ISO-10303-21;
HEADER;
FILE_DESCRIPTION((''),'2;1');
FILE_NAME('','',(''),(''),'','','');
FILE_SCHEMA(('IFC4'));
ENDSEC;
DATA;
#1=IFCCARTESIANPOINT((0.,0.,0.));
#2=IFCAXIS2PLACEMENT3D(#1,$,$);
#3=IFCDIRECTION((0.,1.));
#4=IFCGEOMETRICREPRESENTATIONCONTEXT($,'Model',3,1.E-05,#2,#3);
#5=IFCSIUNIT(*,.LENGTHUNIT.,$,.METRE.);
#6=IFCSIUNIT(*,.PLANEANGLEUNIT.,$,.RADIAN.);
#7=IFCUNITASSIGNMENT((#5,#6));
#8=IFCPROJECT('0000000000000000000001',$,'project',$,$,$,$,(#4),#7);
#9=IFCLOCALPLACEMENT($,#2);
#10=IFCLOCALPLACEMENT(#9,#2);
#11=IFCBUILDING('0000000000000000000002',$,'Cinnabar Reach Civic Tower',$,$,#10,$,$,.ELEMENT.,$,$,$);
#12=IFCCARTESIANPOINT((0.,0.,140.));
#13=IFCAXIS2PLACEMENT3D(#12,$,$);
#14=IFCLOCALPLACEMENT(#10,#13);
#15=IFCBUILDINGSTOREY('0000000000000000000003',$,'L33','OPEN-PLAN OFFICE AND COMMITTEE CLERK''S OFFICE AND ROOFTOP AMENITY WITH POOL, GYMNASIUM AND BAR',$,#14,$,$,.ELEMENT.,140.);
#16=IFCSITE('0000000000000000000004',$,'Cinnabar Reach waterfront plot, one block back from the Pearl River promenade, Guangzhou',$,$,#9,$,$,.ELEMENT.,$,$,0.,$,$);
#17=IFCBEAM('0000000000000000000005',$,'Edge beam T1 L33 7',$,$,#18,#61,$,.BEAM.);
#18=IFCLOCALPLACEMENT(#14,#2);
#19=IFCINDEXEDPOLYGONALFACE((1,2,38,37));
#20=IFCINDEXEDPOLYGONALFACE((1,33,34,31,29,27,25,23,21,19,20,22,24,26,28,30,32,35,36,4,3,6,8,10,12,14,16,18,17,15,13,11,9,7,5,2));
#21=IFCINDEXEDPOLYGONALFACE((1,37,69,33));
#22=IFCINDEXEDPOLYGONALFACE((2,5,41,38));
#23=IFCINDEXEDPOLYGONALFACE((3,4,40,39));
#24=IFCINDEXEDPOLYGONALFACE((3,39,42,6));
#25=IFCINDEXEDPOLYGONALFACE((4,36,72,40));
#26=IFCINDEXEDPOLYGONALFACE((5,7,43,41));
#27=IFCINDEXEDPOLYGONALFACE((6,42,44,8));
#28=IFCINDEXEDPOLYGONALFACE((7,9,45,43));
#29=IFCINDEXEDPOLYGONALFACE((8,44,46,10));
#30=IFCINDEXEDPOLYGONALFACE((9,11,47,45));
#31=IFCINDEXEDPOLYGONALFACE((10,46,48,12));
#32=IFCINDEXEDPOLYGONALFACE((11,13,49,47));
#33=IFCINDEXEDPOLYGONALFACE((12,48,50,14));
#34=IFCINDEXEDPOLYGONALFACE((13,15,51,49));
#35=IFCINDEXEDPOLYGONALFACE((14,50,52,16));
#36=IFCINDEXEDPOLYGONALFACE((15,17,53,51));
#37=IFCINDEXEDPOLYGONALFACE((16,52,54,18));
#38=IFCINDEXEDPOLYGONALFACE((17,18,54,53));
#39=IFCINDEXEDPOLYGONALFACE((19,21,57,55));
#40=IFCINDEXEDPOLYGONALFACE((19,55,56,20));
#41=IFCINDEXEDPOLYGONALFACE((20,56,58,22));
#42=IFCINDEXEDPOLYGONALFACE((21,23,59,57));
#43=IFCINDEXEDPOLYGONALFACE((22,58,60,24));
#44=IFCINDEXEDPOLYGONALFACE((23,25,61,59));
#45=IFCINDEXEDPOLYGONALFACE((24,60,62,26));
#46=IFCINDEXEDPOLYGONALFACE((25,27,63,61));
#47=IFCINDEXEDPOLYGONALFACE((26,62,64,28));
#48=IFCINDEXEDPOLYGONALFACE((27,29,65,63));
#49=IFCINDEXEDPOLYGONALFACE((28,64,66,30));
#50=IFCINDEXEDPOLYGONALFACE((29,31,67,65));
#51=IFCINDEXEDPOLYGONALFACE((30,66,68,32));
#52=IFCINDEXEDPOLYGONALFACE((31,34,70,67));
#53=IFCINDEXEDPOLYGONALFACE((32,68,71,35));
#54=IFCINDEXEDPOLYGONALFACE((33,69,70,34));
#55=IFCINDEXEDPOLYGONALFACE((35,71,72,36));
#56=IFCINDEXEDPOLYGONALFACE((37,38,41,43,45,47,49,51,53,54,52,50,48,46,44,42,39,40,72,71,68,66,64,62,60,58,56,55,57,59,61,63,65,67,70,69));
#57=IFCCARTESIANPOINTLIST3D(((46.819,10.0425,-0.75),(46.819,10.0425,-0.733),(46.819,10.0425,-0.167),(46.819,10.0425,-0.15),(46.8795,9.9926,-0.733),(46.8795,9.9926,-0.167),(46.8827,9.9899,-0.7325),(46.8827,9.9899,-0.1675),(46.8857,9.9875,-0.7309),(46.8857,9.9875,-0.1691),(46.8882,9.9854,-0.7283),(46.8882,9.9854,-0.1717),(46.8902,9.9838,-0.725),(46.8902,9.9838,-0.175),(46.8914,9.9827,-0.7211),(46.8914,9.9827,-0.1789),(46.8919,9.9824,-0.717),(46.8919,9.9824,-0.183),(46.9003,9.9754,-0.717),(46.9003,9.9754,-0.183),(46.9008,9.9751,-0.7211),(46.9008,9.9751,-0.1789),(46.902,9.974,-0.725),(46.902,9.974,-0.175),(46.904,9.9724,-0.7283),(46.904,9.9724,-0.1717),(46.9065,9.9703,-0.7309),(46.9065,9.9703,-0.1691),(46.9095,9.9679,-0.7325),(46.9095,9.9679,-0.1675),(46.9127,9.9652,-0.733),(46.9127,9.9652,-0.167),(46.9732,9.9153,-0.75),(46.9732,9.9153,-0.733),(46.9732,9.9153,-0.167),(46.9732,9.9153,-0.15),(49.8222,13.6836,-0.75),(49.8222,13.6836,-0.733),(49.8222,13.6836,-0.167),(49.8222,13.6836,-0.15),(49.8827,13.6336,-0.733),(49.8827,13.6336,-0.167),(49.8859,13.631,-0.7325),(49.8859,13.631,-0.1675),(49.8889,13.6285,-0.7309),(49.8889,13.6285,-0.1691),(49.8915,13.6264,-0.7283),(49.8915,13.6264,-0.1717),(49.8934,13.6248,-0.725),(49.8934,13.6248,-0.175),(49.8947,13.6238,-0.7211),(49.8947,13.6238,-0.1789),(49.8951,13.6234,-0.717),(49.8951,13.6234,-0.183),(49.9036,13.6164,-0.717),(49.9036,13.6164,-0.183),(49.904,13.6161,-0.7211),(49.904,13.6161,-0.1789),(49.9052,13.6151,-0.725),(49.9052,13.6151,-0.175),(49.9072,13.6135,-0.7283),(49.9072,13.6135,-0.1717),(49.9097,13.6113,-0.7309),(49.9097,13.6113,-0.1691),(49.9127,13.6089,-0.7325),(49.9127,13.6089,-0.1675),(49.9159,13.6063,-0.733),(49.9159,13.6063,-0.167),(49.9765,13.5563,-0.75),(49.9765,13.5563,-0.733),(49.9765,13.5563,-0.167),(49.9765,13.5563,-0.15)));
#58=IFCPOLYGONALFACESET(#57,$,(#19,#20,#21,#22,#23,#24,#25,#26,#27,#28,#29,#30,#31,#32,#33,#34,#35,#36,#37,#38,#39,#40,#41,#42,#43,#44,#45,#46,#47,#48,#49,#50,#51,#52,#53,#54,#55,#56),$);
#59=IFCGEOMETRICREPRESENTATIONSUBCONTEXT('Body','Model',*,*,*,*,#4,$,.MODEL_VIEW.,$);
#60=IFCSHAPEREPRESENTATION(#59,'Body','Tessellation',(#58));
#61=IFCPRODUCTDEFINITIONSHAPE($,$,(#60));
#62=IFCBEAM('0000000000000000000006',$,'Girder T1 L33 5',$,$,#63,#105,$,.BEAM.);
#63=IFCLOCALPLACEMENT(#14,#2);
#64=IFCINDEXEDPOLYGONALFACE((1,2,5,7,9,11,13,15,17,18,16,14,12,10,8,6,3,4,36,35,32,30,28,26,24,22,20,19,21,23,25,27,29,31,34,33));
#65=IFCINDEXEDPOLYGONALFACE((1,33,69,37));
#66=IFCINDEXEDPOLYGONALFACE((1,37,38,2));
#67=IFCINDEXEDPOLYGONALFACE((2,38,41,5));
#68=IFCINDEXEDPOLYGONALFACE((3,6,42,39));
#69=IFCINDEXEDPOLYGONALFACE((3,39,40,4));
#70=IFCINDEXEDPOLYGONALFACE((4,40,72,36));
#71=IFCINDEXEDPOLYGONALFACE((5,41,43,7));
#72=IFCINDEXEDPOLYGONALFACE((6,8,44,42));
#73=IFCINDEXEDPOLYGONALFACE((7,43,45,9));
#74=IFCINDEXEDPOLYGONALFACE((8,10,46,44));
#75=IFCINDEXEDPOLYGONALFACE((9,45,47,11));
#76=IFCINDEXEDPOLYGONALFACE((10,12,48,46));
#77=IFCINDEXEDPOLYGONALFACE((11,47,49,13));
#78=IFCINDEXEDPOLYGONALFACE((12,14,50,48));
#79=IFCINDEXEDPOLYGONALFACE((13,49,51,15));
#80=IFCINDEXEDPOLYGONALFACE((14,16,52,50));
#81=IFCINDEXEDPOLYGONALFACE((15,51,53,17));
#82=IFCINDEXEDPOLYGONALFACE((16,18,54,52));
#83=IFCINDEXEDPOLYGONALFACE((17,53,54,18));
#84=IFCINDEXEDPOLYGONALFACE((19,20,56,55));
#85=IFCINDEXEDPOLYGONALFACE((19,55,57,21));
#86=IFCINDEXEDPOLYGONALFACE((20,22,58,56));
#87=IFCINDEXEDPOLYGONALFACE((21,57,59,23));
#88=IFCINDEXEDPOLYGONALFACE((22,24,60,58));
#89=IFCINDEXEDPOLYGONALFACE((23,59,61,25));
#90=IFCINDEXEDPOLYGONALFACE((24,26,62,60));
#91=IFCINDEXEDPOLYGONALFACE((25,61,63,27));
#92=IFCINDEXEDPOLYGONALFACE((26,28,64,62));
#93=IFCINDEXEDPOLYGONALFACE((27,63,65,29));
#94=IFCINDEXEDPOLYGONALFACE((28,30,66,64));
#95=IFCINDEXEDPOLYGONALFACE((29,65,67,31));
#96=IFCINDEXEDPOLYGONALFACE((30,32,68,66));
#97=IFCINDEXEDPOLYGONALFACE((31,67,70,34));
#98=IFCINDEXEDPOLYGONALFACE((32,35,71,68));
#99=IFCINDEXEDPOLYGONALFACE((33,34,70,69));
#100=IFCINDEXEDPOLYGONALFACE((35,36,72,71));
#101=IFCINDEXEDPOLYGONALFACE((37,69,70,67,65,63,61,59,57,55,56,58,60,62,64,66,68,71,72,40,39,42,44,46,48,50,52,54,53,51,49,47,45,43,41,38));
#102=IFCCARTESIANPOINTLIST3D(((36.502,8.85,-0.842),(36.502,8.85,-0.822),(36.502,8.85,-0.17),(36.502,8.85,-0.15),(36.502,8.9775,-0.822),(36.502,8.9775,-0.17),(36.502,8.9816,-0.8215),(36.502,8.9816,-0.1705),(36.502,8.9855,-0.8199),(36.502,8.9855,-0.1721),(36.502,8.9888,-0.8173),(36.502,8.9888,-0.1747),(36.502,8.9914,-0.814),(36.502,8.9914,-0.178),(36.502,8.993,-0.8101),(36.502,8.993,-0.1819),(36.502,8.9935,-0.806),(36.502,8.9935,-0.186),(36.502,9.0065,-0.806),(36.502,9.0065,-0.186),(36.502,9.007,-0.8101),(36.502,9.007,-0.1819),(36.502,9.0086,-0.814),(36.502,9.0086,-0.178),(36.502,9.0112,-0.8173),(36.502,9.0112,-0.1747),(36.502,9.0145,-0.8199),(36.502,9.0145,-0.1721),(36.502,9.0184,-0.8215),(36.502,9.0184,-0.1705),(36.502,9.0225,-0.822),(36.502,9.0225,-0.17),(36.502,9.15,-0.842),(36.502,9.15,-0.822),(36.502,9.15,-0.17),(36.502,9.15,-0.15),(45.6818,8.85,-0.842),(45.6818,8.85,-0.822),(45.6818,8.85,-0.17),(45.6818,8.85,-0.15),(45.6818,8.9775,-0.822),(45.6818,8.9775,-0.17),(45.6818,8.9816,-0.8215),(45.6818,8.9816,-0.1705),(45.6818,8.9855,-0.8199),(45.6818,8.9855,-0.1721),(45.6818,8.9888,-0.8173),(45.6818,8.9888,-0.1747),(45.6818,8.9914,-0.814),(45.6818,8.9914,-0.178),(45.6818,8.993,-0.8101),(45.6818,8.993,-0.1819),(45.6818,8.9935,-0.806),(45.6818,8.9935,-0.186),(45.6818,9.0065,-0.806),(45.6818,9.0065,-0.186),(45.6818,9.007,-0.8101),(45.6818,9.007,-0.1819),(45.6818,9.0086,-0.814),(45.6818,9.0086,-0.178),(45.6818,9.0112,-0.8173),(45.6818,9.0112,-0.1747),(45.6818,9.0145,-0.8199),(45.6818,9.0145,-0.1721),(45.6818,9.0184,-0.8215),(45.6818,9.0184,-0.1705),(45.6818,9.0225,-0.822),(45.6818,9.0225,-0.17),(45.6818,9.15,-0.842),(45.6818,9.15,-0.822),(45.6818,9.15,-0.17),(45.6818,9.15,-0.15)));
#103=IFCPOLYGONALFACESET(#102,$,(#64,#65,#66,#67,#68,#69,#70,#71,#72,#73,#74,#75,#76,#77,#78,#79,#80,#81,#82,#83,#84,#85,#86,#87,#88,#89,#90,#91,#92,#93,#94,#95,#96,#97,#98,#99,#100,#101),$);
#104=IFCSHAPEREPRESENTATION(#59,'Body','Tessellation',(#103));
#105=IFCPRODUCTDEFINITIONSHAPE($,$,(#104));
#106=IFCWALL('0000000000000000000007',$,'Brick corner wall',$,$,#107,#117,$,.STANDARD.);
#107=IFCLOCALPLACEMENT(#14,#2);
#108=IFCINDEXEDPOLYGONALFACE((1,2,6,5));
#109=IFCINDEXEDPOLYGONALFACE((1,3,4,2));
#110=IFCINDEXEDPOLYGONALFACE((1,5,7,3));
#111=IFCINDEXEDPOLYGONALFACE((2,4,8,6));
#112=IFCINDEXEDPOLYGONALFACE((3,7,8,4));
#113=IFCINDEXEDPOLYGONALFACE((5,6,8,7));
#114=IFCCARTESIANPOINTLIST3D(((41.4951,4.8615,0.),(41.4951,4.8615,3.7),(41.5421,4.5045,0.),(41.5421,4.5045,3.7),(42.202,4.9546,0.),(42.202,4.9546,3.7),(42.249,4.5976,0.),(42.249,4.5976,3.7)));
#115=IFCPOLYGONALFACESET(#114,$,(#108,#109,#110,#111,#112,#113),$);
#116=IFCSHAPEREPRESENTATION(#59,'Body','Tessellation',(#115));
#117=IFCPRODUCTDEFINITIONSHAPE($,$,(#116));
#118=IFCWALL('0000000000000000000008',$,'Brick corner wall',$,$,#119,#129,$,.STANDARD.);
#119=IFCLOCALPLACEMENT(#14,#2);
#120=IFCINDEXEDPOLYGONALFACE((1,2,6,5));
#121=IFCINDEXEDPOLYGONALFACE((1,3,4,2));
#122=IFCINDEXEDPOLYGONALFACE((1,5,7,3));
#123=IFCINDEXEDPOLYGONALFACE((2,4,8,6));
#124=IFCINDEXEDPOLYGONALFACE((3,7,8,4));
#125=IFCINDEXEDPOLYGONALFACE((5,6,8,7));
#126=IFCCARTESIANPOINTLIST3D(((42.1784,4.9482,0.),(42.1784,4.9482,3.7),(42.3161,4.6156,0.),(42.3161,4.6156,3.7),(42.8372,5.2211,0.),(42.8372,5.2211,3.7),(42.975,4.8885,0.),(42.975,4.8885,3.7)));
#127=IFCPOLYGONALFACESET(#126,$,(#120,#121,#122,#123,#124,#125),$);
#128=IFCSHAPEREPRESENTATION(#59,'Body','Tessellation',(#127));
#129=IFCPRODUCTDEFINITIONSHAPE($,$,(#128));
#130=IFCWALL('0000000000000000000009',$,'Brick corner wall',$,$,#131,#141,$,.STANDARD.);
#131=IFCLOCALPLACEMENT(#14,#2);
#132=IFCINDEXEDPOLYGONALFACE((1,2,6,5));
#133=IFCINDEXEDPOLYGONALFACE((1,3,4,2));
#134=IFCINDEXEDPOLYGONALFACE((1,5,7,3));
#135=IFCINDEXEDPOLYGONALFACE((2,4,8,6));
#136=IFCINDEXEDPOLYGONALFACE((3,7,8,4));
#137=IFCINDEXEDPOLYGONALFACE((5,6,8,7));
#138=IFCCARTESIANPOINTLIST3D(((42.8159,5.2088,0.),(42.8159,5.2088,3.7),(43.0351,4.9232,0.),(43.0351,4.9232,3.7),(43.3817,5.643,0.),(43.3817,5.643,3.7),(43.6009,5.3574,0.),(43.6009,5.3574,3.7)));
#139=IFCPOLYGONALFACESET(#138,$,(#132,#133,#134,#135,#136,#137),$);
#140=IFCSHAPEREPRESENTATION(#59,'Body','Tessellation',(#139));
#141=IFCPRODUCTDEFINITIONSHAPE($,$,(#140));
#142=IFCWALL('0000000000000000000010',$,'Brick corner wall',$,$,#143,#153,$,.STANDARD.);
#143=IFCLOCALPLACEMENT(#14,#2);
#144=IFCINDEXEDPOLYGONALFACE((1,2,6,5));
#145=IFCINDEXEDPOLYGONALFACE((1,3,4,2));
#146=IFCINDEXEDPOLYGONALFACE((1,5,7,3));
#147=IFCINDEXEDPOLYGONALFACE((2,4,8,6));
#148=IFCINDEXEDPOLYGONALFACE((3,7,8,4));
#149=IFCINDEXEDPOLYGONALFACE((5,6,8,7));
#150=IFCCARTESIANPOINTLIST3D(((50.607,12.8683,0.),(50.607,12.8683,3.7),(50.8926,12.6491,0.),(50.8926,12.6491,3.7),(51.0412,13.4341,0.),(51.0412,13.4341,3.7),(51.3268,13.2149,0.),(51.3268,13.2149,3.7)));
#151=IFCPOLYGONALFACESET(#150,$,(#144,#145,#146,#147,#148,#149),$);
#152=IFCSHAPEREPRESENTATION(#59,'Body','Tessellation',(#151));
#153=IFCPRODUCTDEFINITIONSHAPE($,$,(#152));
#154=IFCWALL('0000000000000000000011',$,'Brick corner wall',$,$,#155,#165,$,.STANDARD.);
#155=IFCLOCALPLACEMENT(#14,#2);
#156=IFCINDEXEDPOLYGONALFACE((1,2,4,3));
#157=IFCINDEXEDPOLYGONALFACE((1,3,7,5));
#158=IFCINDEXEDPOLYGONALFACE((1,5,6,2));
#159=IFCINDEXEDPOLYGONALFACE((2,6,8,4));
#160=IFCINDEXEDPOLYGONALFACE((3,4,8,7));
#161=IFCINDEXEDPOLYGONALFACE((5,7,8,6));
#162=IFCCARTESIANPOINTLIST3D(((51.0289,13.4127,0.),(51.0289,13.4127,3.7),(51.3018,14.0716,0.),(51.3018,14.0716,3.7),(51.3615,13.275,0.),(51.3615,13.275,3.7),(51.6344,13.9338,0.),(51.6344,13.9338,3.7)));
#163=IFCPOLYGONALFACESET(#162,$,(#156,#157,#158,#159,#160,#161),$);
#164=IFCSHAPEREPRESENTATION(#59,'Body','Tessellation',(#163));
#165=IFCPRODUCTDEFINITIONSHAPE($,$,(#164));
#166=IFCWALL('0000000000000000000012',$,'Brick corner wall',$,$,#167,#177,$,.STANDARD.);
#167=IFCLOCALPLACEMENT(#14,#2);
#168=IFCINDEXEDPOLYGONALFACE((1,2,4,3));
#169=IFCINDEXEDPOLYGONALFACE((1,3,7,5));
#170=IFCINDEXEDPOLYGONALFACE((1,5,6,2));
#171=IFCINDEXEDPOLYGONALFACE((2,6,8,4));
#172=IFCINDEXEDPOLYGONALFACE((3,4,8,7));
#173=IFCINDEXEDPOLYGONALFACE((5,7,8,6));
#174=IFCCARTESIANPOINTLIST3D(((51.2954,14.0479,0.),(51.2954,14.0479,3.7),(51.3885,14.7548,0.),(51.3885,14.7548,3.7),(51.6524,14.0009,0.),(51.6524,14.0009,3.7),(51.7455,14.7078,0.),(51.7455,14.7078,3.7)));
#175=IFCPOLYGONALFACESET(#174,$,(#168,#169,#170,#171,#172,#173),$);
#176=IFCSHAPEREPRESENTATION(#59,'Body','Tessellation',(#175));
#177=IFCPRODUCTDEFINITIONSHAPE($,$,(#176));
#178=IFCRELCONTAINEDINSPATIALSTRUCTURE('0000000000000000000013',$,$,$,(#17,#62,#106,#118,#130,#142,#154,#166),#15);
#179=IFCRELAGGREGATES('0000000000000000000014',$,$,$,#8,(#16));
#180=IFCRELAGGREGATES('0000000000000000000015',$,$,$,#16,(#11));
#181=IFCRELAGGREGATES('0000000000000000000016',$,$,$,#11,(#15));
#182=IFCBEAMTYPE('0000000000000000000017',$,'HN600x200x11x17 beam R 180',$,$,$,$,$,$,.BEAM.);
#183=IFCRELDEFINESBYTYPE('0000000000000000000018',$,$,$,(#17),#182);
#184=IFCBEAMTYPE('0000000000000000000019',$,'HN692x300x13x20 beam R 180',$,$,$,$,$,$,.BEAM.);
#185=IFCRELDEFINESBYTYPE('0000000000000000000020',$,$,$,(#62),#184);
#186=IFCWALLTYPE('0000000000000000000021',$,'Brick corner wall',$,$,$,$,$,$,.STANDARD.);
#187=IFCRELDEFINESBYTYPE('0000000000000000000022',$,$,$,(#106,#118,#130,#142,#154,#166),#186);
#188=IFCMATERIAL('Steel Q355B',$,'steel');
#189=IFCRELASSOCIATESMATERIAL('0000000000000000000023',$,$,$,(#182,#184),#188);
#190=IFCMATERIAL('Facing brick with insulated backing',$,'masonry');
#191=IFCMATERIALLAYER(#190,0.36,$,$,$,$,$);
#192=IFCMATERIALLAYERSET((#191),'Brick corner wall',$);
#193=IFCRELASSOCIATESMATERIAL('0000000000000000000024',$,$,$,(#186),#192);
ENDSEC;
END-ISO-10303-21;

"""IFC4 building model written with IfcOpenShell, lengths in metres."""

from ifc_helpers import new_model, si_unit, direction, frame, frame_2d, origin, origin_2d, place, context, subcontext, project, spatial, rectangle, i_section, extrude, material, layer, layer_set, material_profile, profile_set, type_object, element, save


model = new_model("IFC4")

# Units and contexts
model_context = context("Model", 3, precision=1e-05, world=origin(), true_north=direction((0.0, 1.0)))
body_context = subcontext(model_context, "Body", "Model", "MODEL_VIEW")
ifc_project = project(units=[si_unit("LENGTHUNIT", "METRE"), si_unit("PLANEANGLEUNIT", "RADIAN")], contexts=[model_context])

# Site, building, storey
site_placement = place(None, origin())
site = spatial("IfcSite", under=ifc_project, at=site_placement, Name="Cinnabar Reach waterfront plot, one block back from the Pearl River promenade, Guangzhou", CompositionType="ELEMENT", RefElevation=0.0)
building_placement = place(site_placement, origin())
building = spatial("IfcBuilding", under=site, at=building_placement, Name="Cinnabar Reach Civic Tower", CompositionType="ELEMENT")
storey_placement = place(building_placement, frame((0.0, 0.0, 140.0)))
storey = spatial("IfcBuildingStorey", under=building, at=storey_placement, Name="L33", Description="OPEN-PLAN OFFICE AND COMMITTEE CLERK'S OFFICE AND ROOFTOP AMENITY WITH POOL, GYMNASIUM AND BAR", CompositionType="ELEMENT", Elevation=140.0)

# Beams
ifc_material_1 = material(Name="Steel Q355B", Category="steel")
ifc_material_profile_1 = material_profile(ifc_material_1, i_section(OverallWidth=0.2, OverallDepth=0.6, WebThickness=0.011, FlangeThickness=0.017, FilletRadius=0.016, at=origin_2d()), Name="HN600x200x11x17")
ifc_profile_set_1 = profile_set([ifc_material_profile_1], Name="Steel Q355B")
beam_type_1 = type_object("IfcBeamType", Name="HN600x200x11x17 beam R 180", PredefinedType="BEAM", material=ifc_profile_set_1)
for number, where, z_axis, x_axis, name in (
    (1, (46.8961, 9.9789, -0.45), (0.636304, 0.771438, 0.0), (-0.771438, 0.636304, 0.0), "Edge beam T1 L33 7"),
):
    element("IfcBeam", number, at=place(storey_placement, frame(where, z_axis=z_axis, x_axis=x_axis)), inside=storey, type_object=beam_type_1, Name=name, PredefinedType="BEAM", context=body_context, shape_type="SweptSolid", body=[
        extrude(i_section(OverallWidth=0.2, OverallDepth=0.6, WebThickness=0.011, FlangeThickness=0.017, FilletRadius=0.016, at=origin_2d()), origin(), (0.0, 0.0, 1.0), 4.7198),
    ])
ifc_material_profile_2 = material_profile(ifc_material_1, i_section(OverallWidth=0.3, OverallDepth=0.692, WebThickness=0.013, FlangeThickness=0.02, FilletRadius=0.016, at=origin_2d()), Name="HN692x300x13x20")
ifc_profile_set_2 = profile_set([ifc_material_profile_2], Name="Steel Q355B")
beam_type_2 = type_object("IfcBeamType", Name="HN692x300x13x20 beam R 180", PredefinedType="BEAM", material=ifc_profile_set_2)
beam_1_placement = place(storey_placement, frame((36.502, 9.0, -0.496), z_axis=(1.0, 0.0, 0.0), x_axis=(0.0, 1.0, 0.0)))
element("IfcBeam", 2, at=beam_1_placement, inside=storey, type_object=beam_type_2, Name="Girder T1 L33 5", PredefinedType="BEAM", context=body_context, shape_type="SweptSolid", body=[
    extrude(i_section(OverallWidth=0.3, OverallDepth=0.692, WebThickness=0.013, FlangeThickness=0.02, FilletRadius=0.016, at=origin_2d()), origin(), (0.0, 0.0, 1.0), 9.1798),
])

# Walls
ifc_material_2 = material(Name="Facing brick with insulated backing", Category="masonry")
ifc_layer_1 = layer(ifc_material_2, 0.36)
ifc_layer_set_1 = layer_set([ifc_layer_1], Name="Brick corner wall")
wall_type_1 = type_object("IfcWallType", Name="Brick corner wall", PredefinedType="STANDARD", material=ifc_layer_set_1)
for number, where, z_axis, x_axis, name in (
    (3, (41.5186, 4.683, 0.0), (0.0, 0.0, 1.0), (0.991441, 0.130556, 0.0), "Brick corner wall"),
    (4, (42.2473, 4.7819, 0.0), (0.0, 0.0, 1.0), (0.923872, 0.382703, 0.0), "Brick corner wall"),
):
    element("IfcWall", number, at=place(storey_placement, frame(where, z_axis=z_axis, x_axis=x_axis)), inside=storey, type_object=wall_type_1, Name=name, PredefinedType="STANDARD", context=body_context, shape_type="SweptSolid", body=[
        extrude(rectangle(XDim=0.7131, YDim=0.36, at=frame_2d((0.3565, 0.0))), origin(), (0.0, 0.0, 1.0), 3.7),
    ])
for number, where, z_axis, x_axis, name in (
    (5, (42.9255, 5.066, 0.0), (0.0, 0.0, 1.0), (0.793322, 0.608802, 0.0), "Brick corner wall"),
    (6, (50.7498, 12.7587, 0.0), (0.0, 0.0, 1.0), (0.608802, 0.793322, 0.0), "Brick corner wall"),
):
    element("IfcWall", number, at=place(storey_placement, frame(where, z_axis=z_axis, x_axis=x_axis)), inside=storey, type_object=wall_type_1, Name=name, PredefinedType="STANDARD", context=body_context, shape_type="SweptSolid", body=[
        extrude(rectangle(XDim=0.7132, YDim=0.36, at=frame_2d((0.3566, 0.0))), origin(), (0.0, 0.0, 1.0), 3.7),
    ])
for number, where, z_axis, x_axis, name in (
    (7, (51.1952, 13.3439, 0.0), (0.0, 0.0, 1.0), (0.382703, 0.923872, 0.0), "Brick corner wall"),
    (8, (51.4739, 14.0244, 0.0), (0.0, 0.0, 1.0), (0.130556, 0.991441, 0.0), "Brick corner wall"),
):
    element("IfcWall", number, at=place(storey_placement, frame(where, z_axis=z_axis, x_axis=x_axis)), inside=storey, type_object=wall_type_1, Name=name, PredefinedType="STANDARD", context=body_context, shape_type="SweptSolid", body=[
        extrude(rectangle(XDim=0.7131, YDim=0.36, at=frame_2d((0.3565, 0.0))), origin(), (0.0, 0.0, 1.0), 3.7),
    ])

save(model, "model.ifc")
